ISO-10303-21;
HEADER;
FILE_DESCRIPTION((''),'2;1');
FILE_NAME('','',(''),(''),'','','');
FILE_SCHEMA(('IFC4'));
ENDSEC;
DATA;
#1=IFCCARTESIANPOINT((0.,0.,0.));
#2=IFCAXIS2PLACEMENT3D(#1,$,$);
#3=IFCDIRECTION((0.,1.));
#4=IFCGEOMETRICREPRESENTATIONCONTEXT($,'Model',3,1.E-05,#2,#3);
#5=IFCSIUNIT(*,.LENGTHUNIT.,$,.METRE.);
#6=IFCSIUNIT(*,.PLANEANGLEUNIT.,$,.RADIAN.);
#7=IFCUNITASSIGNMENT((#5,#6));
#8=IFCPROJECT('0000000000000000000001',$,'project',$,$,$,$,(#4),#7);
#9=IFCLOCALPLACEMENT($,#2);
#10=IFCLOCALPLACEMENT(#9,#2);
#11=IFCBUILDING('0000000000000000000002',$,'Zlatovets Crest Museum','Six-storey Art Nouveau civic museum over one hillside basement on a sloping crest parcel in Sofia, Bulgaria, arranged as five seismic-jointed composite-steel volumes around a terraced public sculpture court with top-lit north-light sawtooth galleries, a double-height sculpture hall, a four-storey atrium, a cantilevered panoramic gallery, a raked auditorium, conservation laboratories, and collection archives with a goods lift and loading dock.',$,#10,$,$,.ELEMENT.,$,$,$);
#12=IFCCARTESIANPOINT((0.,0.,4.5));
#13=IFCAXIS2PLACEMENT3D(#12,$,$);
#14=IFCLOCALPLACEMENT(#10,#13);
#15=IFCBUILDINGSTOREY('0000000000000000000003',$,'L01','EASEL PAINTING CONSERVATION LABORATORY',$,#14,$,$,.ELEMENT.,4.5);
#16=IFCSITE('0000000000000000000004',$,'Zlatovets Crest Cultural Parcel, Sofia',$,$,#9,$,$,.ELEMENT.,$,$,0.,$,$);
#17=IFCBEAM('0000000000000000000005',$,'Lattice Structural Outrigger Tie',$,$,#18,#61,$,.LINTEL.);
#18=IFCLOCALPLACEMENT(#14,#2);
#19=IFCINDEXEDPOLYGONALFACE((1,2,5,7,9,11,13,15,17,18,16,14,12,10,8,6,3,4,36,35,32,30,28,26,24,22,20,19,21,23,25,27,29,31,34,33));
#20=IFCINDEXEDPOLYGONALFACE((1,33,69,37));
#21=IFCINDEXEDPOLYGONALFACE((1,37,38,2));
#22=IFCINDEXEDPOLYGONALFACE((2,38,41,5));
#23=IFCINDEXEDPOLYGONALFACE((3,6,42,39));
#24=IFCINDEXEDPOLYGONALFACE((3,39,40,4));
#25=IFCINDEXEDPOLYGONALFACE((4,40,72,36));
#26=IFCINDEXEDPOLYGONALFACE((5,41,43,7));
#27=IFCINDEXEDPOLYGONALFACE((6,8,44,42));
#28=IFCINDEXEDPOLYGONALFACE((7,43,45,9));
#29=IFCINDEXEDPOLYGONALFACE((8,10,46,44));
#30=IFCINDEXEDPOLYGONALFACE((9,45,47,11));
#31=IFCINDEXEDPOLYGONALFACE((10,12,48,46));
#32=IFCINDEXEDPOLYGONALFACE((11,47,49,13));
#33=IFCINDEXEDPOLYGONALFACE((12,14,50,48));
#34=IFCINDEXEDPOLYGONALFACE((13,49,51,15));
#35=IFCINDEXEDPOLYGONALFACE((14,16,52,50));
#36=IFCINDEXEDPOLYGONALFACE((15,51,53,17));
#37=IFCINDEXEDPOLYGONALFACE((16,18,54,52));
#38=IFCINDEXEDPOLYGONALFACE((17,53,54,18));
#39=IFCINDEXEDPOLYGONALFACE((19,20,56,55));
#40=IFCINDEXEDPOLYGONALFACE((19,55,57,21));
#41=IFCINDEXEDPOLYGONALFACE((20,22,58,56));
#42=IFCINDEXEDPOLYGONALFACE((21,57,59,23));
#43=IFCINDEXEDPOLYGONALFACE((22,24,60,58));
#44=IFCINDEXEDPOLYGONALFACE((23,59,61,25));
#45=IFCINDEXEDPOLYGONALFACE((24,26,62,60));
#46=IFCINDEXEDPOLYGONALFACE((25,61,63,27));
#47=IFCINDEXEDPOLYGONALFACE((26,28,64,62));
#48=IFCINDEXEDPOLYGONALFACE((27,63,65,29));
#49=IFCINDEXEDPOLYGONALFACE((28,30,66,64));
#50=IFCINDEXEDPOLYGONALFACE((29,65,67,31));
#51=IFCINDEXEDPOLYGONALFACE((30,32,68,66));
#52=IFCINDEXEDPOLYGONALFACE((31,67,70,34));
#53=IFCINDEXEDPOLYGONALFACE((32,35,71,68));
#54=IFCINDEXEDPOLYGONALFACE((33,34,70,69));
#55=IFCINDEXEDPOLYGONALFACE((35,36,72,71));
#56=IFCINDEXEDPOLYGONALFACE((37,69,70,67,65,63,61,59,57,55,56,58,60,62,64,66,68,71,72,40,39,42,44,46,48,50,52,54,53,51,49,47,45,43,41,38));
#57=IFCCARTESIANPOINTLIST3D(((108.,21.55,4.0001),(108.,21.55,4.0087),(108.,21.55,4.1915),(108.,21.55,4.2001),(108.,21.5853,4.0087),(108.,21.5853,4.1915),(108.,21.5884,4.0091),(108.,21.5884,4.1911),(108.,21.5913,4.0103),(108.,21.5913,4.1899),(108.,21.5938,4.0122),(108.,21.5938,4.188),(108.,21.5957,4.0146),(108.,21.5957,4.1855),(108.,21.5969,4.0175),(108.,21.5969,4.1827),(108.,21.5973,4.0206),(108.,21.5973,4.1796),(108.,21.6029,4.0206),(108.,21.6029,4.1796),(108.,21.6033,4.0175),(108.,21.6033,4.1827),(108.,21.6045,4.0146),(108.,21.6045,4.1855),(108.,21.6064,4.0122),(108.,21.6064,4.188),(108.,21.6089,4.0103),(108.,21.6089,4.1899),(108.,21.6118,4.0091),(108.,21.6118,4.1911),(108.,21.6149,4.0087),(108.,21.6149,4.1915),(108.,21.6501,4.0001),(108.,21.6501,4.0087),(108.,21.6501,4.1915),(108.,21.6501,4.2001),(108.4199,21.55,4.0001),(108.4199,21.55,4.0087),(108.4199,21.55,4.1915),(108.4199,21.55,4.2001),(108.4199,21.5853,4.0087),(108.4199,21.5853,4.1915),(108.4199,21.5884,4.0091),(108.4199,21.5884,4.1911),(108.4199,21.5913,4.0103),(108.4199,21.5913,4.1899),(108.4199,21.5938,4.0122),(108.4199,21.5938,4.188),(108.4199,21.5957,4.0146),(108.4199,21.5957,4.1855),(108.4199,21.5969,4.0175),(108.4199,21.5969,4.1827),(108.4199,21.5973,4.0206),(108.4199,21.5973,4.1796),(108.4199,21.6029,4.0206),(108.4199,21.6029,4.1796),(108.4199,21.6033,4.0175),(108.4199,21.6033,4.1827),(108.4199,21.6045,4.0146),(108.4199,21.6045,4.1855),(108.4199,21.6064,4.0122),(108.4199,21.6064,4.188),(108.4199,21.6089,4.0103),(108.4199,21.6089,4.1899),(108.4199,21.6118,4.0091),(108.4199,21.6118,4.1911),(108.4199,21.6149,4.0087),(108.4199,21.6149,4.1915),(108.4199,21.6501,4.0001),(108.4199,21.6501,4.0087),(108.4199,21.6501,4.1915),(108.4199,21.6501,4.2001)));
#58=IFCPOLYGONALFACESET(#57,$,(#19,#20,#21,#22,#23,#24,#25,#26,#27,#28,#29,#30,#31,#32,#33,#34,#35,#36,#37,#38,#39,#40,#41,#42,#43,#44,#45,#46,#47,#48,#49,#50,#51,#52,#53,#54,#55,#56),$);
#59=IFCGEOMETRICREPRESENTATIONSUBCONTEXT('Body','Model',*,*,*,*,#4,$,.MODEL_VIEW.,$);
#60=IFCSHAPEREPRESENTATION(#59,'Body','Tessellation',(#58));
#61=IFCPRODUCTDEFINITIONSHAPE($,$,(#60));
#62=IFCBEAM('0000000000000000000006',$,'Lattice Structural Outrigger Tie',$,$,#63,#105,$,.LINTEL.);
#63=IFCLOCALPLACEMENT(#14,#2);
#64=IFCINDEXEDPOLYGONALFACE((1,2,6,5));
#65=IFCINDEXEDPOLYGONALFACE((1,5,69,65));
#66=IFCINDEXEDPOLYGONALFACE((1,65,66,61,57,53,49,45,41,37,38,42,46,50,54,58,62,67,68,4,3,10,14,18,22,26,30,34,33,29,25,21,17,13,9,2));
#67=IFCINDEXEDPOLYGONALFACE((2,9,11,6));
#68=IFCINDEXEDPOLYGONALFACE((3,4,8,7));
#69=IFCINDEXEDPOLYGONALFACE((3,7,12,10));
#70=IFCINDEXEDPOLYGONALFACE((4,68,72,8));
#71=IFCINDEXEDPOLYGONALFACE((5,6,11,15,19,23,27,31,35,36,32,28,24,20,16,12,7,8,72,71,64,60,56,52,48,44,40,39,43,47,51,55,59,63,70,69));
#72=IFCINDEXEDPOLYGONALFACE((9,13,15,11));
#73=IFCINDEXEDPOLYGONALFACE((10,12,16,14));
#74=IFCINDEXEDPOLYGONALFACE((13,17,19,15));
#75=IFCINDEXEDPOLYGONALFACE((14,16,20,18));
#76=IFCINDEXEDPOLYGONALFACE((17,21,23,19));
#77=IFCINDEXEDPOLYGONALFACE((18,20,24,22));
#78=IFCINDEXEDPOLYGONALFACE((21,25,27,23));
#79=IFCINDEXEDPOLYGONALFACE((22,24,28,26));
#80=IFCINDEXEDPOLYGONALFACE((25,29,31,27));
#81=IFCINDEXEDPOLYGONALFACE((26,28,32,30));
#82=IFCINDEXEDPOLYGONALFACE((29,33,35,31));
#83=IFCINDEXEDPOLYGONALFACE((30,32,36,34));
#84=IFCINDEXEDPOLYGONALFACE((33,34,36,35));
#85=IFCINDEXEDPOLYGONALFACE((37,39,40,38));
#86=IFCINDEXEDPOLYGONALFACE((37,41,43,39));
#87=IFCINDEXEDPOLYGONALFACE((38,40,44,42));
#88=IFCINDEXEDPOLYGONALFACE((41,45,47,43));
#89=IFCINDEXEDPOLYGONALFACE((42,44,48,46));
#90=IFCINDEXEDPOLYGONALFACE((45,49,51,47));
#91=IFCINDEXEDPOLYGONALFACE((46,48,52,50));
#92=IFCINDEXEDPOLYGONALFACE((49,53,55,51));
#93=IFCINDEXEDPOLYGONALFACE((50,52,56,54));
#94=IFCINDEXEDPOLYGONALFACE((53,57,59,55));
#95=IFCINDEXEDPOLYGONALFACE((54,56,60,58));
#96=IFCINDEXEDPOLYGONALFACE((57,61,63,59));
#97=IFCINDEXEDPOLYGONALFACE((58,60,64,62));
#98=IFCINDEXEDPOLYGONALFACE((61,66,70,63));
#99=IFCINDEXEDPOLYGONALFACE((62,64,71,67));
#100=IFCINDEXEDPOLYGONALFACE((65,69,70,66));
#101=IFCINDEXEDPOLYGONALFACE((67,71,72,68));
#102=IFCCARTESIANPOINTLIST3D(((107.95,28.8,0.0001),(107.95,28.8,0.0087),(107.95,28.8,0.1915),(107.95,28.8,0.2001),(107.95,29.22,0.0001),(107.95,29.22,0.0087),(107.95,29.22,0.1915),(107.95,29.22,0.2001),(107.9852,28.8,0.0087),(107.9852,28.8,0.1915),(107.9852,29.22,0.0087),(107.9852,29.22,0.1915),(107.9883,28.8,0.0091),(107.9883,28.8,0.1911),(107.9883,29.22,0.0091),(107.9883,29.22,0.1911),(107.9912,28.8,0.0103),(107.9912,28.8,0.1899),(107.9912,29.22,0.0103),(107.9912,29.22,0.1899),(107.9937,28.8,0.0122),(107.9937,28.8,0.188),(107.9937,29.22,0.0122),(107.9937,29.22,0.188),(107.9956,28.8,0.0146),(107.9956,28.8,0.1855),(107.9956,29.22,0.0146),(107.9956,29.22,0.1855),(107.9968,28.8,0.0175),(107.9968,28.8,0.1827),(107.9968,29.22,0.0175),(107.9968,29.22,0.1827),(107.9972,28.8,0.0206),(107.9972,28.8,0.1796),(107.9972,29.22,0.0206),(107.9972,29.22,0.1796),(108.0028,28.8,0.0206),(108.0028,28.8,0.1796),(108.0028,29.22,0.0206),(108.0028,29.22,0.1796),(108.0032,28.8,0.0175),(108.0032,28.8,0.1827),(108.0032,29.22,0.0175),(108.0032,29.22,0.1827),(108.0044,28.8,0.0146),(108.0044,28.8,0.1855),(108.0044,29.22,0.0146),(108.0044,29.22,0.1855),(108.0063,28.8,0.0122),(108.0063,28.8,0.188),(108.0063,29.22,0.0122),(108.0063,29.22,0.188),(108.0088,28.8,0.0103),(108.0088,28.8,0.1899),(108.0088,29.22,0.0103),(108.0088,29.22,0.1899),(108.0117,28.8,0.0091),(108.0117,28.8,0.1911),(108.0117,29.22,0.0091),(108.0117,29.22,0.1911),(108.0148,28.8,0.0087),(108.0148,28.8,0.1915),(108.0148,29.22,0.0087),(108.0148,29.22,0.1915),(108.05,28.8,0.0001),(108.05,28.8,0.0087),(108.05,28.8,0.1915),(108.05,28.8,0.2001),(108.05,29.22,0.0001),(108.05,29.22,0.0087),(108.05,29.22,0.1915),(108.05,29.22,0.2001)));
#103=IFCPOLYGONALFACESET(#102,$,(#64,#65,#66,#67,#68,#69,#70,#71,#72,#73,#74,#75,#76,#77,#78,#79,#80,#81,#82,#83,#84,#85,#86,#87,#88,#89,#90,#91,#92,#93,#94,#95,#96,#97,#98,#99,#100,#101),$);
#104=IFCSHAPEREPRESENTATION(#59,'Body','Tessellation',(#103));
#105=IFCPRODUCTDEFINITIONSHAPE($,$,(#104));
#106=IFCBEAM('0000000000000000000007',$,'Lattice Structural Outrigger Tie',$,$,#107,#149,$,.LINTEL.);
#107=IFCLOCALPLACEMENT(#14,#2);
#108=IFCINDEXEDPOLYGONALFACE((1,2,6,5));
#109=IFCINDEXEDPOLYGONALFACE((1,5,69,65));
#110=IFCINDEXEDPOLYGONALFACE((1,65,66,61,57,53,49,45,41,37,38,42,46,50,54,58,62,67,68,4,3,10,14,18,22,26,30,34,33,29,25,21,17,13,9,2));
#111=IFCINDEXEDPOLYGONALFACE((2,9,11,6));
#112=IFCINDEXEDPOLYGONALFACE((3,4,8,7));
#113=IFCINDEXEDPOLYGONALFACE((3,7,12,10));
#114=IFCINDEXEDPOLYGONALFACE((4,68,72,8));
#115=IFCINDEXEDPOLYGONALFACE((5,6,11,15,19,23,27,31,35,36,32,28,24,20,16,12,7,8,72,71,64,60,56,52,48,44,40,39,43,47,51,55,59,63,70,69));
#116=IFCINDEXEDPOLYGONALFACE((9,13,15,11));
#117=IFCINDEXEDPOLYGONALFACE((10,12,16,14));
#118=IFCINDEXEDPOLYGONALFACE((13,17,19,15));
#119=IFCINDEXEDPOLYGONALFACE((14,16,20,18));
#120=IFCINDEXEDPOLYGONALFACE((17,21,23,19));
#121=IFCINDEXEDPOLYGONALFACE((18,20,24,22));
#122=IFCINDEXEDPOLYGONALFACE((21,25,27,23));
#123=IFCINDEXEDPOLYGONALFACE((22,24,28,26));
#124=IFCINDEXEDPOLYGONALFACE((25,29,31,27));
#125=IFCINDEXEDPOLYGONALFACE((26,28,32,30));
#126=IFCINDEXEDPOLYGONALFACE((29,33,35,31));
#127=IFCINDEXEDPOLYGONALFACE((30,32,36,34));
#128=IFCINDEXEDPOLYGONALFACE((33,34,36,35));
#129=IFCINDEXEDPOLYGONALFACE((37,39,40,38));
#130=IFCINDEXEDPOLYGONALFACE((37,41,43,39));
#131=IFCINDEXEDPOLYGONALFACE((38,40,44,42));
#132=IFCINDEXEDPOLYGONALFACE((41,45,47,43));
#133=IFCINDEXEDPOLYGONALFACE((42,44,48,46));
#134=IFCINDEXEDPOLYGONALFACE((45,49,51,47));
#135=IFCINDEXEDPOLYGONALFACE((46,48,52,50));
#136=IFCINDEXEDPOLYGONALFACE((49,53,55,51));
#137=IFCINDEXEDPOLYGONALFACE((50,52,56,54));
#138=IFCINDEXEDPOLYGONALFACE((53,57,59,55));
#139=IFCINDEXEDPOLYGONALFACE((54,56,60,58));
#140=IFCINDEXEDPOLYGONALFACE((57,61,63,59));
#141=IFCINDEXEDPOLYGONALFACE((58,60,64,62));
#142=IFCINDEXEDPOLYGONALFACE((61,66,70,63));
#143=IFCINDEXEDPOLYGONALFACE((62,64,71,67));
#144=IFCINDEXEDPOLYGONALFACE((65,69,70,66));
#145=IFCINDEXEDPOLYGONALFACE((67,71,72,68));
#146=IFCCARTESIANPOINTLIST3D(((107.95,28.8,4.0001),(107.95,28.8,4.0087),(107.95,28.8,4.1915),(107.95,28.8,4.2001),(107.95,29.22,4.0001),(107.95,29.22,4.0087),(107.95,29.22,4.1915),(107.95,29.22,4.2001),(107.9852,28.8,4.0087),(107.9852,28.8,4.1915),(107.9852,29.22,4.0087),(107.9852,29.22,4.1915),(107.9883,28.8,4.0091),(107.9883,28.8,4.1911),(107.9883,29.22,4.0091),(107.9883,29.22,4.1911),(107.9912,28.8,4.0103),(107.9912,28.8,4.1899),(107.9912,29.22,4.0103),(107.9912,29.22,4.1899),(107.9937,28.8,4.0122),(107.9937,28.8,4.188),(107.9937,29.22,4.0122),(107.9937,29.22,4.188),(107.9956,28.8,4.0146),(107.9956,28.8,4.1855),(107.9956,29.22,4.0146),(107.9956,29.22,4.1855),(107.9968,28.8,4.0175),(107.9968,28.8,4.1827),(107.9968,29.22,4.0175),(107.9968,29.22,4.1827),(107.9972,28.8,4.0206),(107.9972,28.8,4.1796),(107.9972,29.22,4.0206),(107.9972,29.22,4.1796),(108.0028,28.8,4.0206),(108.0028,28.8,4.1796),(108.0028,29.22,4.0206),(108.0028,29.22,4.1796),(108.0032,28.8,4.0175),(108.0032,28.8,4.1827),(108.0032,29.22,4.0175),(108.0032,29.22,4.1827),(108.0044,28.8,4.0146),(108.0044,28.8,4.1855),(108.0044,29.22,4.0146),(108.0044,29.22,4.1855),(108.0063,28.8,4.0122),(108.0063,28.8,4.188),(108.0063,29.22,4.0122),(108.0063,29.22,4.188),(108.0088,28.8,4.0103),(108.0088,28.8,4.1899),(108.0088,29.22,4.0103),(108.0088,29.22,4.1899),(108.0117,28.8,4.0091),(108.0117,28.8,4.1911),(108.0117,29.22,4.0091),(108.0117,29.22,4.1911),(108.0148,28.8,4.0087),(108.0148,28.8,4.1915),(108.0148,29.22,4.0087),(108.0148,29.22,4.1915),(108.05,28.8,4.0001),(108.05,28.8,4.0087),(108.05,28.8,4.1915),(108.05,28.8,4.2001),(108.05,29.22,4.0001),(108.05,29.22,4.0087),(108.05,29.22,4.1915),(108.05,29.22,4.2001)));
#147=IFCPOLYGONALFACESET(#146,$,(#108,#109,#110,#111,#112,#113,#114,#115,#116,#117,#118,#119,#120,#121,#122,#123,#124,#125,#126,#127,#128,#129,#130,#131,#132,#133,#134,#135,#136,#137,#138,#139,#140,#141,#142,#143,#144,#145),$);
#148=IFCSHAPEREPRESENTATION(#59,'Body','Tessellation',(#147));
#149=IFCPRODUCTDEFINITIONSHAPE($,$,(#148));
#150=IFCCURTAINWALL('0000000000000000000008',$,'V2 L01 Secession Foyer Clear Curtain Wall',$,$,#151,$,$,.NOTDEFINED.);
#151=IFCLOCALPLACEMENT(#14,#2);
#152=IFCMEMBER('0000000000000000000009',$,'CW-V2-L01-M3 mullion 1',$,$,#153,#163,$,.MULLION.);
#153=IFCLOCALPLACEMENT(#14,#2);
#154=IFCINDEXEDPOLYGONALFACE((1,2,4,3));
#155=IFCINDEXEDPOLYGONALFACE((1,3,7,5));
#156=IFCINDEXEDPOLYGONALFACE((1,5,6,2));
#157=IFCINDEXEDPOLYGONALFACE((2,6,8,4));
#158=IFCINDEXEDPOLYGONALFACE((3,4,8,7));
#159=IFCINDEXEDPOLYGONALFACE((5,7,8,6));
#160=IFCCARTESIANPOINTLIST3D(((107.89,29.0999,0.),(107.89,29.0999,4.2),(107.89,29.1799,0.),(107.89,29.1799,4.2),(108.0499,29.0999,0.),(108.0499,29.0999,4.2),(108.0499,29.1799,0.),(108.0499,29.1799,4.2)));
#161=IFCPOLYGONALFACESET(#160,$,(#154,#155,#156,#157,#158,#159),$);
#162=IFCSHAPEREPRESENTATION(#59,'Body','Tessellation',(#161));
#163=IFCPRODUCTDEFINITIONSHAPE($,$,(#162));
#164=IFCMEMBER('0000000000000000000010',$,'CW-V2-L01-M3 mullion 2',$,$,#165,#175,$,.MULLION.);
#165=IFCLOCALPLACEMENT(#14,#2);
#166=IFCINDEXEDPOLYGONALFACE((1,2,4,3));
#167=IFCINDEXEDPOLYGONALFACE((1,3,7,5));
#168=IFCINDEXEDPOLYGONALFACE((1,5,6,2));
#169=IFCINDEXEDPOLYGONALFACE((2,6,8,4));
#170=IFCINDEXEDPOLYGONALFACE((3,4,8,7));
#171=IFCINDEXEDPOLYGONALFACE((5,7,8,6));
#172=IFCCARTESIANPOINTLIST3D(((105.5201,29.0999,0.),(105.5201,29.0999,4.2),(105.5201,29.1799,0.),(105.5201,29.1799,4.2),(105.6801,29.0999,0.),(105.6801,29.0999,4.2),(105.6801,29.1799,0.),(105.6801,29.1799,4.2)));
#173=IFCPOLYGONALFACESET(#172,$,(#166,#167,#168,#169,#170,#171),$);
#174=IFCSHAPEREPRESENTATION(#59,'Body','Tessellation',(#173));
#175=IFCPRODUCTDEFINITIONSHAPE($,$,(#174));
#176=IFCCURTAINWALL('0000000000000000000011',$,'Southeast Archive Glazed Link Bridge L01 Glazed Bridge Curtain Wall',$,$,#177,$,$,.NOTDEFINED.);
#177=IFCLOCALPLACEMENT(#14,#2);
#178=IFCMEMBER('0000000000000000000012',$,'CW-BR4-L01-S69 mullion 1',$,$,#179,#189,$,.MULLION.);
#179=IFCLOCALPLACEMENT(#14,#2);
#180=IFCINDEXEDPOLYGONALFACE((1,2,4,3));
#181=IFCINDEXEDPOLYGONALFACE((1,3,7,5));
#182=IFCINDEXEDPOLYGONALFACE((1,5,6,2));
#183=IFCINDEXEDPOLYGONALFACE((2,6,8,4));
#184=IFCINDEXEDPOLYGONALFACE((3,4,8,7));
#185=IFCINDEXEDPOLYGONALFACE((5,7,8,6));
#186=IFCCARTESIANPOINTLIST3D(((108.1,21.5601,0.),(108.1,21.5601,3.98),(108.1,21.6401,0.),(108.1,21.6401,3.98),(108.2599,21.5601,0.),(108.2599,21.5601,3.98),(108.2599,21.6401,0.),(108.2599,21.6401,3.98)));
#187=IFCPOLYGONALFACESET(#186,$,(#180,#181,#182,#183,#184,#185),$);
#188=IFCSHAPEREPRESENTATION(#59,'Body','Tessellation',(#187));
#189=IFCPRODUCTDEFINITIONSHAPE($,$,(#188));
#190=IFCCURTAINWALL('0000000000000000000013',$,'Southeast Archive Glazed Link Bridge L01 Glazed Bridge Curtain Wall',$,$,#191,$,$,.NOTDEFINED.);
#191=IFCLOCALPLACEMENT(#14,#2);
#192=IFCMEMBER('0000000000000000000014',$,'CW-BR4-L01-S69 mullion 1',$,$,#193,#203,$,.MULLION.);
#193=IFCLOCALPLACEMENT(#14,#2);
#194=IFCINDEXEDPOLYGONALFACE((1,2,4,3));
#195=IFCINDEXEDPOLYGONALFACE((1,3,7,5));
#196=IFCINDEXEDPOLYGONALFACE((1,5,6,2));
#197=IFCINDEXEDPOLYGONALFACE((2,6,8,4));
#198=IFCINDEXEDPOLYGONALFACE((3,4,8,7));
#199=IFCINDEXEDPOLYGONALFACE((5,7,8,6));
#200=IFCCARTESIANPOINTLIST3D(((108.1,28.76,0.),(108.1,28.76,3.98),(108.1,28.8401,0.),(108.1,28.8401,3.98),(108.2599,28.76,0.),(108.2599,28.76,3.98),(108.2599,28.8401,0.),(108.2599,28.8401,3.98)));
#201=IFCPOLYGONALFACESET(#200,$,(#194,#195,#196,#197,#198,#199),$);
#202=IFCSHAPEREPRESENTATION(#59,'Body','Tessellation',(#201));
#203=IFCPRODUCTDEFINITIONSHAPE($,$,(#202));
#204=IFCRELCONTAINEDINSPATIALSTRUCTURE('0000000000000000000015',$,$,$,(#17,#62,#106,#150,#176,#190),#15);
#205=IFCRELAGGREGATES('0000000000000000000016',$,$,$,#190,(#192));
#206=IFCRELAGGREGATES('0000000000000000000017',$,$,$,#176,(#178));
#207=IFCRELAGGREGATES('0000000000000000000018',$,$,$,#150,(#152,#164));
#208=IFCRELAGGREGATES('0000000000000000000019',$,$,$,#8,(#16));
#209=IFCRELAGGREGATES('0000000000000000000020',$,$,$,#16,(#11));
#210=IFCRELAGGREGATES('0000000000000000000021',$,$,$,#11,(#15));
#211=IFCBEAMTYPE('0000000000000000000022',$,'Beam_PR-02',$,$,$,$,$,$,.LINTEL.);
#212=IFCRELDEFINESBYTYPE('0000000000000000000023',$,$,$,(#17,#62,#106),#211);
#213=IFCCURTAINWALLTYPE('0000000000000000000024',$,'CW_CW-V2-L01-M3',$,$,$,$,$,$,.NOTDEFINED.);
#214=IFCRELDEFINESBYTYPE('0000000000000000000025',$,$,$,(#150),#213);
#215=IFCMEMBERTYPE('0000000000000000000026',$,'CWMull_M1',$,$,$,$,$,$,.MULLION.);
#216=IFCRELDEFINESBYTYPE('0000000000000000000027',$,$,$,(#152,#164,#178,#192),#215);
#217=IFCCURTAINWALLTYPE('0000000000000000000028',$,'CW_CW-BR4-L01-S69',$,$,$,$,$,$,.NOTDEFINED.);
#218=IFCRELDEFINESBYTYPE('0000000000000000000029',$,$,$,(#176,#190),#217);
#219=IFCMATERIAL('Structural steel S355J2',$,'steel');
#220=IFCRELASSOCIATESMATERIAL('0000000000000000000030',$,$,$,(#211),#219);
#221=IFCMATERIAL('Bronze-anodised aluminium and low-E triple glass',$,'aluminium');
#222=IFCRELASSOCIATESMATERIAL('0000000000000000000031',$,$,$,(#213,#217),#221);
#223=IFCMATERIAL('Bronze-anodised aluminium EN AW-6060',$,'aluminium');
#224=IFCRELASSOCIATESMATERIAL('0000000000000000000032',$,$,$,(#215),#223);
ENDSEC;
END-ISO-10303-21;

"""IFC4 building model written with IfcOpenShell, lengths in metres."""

from ifc_helpers import new_model, si_unit, direction, frame, origin, origin_2d, place, context, subcontext, project, spatial, rectangle, i_section, extrude, material, material_profile, profile_set, type_object, element, aggregate, save


model = new_model("IFC4")

# Units and contexts
model_context = context("Model", 3, precision=1e-05, world=origin(), true_north=direction((0.0, 1.0)))
body_context = subcontext(model_context, "Body", "Model", "MODEL_VIEW")
ifc_project = project(units=[si_unit("LENGTHUNIT", "METRE"), si_unit("PLANEANGLEUNIT", "RADIAN")], contexts=[model_context])

# Site, building, storey
site_placement = place(None, origin())
site = spatial("IfcSite", under=ifc_project, at=site_placement, Name="Zlatovets Crest Cultural Parcel, Sofia", CompositionType="ELEMENT", RefElevation=0.0)
building_placement = place(site_placement, origin())
building = spatial("IfcBuilding", under=site, at=building_placement, Name="Zlatovets Crest Museum", Description="Six-storey Art Nouveau civic museum over one hillside basement on a sloping crest parcel in Sofia, Bulgaria, arranged as five seismic-jointed composite-steel volumes around a terraced public sculpture court with top-lit north-light sawtooth galleries, a double-height sculpture hall, a four-storey atrium, a cantilevered panoramic gallery, a raked auditorium, conservation laboratories, and collection archives with a goods lift and loading dock.", CompositionType="ELEMENT")
storey_placement = place(building_placement, frame((0.0, 0.0, 4.5)))
storey = spatial("IfcBuildingStorey", under=building, at=storey_placement, Name="L01", Description="EASEL PAINTING CONSERVATION LABORATORY", CompositionType="ELEMENT", Elevation=4.5)

# Shared definitions
ifc_material_1 = material(Name="Structural steel S355J2", Category="steel")

# Beams
ifc_material_profile_1 = material_profile(ifc_material_1, i_section(OverallWidth=0.1001, OverallDepth=0.2, WebThickness=0.0056, FlangeThickness=0.0085, FilletRadius=0.012, at=origin_2d()), Name="IPE 200")
ifc_profile_set_1 = profile_set([ifc_material_profile_1], Name="Structural steel S355J2")
beam_type_1 = type_object("IfcBeamType", Name="Beam_PR-02", PredefinedType="LINTEL", material=ifc_profile_set_1)
for number, where, z_axis, x_axis, name in (
    (1, (108.0, 21.6001, 4.1001), (1.0, 0.0, 0.0), (0.0, 1.0, 0.0), "Lattice Structural Outrigger Tie"),
    (2, (108.0, 28.8, 0.1001), (0.0, 1.0, 0.0), (-1.0, 0.0, 0.0), "Lattice Structural Outrigger Tie"),
    (3, (108.0, 28.8, 4.1001), (0.0, 1.0, 0.0), (-1.0, 0.0, 0.0), "Lattice Structural Outrigger Tie"),
):
    element("IfcBeam", number, at=place(storey_placement, frame(where, z_axis=z_axis, x_axis=x_axis)), inside=storey, type_object=beam_type_1, Name=name, PredefinedType="LINTEL", context=body_context, shape_type="SweptSolid", body=[
        extrude(i_section(OverallWidth=0.1001, OverallDepth=0.2, WebThickness=0.0056, FlangeThickness=0.0085, FilletRadius=0.012, at=origin_2d()), origin(), (0.0, 0.0, 1.0), 0.4199),
    ])

# Curtain wall, members
ifc_material_2 = material(Name="Bronze-anodised aluminium and low-E triple glass", Category="aluminium")
curtain_wall_type_1 = type_object("IfcCurtainWallType", Name="CW_CW-V2-L01-M3", PredefinedType="NOTDEFINED", material=ifc_material_2)
curtain_wall_1_placement = place(storey_placement, origin())
curtain_wall_1 = element("IfcCurtainWall", 4, at=curtain_wall_1_placement, inside=storey, type_object=curtain_wall_type_1, Name="V2 L01 Secession Foyer Clear Curtain Wall", PredefinedType="NOTDEFINED")
ifc_material_3 = material(Name="Bronze-anodised aluminium EN AW-6060", Category="aluminium")
ifc_material_profile_2 = material_profile(ifc_material_3, rectangle(XDim=0.0801, YDim=0.1599, at=origin_2d()), Name="ALU 80x160")
ifc_profile_set_2 = profile_set([ifc_material_profile_2], Name="Bronze-anodised aluminium EN AW-6060")
member_type_1 = type_object("IfcMemberType", Name="CWMull_M1", PredefinedType="MULLION", material=ifc_profile_set_2)
member_1_placement = place(storey_placement, frame((107.97, 29.1399, 0.0), z_axis=(0.0, 0.0, 1.0), x_axis=(0.0, -1.0, 0.0)))
member_1 = element("IfcMember", 5, at=member_1_placement, type_object=member_type_1, Name="CW-V2-L01-M3 mullion 1", PredefinedType="MULLION", context=body_context, shape_type="SweptSolid", body=[
    extrude(rectangle(XDim=0.0801, YDim=0.1599, at=origin_2d()), origin(), (0.0, 0.0, 1.0), 4.2),
])
member_2_placement = place(storey_placement, frame((105.6001, 29.1399, 0.0), z_axis=(0.0, 0.0, 1.0), x_axis=(0.0, -1.0, 0.0)))
member_2 = element("IfcMember", 6, at=member_2_placement, type_object=member_type_1, Name="CW-V2-L01-M3 mullion 2", PredefinedType="MULLION", context=body_context, shape_type="SweptSolid", body=[
    extrude(rectangle(XDim=0.0801, YDim=0.1599, at=origin_2d()), origin(), (0.0, 0.0, 1.0), 4.2),
])

# Curtain walls, members
curtain_wall_type_2 = type_object("IfcCurtainWallType", Name="CW_CW-BR4-L01-S69", PredefinedType="NOTDEFINED", material=ifc_material_2)
curtain_wall_2_placement = place(storey_placement, origin())
curtain_wall_2 = element("IfcCurtainWall", 7, at=curtain_wall_2_placement, inside=storey, type_object=curtain_wall_type_2, Name="Southeast Archive Glazed Link Bridge L01 Glazed Bridge Curtain Wall", PredefinedType="NOTDEFINED")
member_3_placement = place(storey_placement, frame((108.1799, 21.6001, 0.0), z_axis=(0.0, 0.0, 1.0), x_axis=(0.0, 1.0, 0.0)))
member_3 = element("IfcMember", 8, at=member_3_placement, type_object=member_type_1, Name="CW-BR4-L01-S69 mullion 1", PredefinedType="MULLION", context=body_context, shape_type="SweptSolid", body=[
    extrude(rectangle(XDim=0.0801, YDim=0.1599, at=origin_2d()), origin(), (0.0, 0.0, 1.0), 3.98),
])
curtain_wall_3_placement = place(storey_placement, origin())
curtain_wall_3 = element("IfcCurtainWall", 9, at=curtain_wall_3_placement, inside=storey, type_object=curtain_wall_type_2, Name="Southeast Archive Glazed Link Bridge L01 Glazed Bridge Curtain Wall", PredefinedType="NOTDEFINED")
member_4_placement = place(storey_placement, frame((108.1799, 28.8, 0.0), z_axis=(0.0, 0.0, 1.0), x_axis=(0.0, 1.0, 0.0)))
member_4 = element("IfcMember", 10, at=member_4_placement, type_object=member_type_1, Name="CW-BR4-L01-S69 mullion 1", PredefinedType="MULLION", context=body_context, shape_type="SweptSolid", body=[
    extrude(rectangle(XDim=0.0801, YDim=0.1599, at=origin_2d()), origin(), (0.0, 0.0, 1.0), 3.98),
])

aggregate(curtain_wall_3, [member_4])

aggregate(curtain_wall_2, [member_3])
aggregate(curtain_wall_1, [member_1, member_2])

save(model, "model.ifc")
